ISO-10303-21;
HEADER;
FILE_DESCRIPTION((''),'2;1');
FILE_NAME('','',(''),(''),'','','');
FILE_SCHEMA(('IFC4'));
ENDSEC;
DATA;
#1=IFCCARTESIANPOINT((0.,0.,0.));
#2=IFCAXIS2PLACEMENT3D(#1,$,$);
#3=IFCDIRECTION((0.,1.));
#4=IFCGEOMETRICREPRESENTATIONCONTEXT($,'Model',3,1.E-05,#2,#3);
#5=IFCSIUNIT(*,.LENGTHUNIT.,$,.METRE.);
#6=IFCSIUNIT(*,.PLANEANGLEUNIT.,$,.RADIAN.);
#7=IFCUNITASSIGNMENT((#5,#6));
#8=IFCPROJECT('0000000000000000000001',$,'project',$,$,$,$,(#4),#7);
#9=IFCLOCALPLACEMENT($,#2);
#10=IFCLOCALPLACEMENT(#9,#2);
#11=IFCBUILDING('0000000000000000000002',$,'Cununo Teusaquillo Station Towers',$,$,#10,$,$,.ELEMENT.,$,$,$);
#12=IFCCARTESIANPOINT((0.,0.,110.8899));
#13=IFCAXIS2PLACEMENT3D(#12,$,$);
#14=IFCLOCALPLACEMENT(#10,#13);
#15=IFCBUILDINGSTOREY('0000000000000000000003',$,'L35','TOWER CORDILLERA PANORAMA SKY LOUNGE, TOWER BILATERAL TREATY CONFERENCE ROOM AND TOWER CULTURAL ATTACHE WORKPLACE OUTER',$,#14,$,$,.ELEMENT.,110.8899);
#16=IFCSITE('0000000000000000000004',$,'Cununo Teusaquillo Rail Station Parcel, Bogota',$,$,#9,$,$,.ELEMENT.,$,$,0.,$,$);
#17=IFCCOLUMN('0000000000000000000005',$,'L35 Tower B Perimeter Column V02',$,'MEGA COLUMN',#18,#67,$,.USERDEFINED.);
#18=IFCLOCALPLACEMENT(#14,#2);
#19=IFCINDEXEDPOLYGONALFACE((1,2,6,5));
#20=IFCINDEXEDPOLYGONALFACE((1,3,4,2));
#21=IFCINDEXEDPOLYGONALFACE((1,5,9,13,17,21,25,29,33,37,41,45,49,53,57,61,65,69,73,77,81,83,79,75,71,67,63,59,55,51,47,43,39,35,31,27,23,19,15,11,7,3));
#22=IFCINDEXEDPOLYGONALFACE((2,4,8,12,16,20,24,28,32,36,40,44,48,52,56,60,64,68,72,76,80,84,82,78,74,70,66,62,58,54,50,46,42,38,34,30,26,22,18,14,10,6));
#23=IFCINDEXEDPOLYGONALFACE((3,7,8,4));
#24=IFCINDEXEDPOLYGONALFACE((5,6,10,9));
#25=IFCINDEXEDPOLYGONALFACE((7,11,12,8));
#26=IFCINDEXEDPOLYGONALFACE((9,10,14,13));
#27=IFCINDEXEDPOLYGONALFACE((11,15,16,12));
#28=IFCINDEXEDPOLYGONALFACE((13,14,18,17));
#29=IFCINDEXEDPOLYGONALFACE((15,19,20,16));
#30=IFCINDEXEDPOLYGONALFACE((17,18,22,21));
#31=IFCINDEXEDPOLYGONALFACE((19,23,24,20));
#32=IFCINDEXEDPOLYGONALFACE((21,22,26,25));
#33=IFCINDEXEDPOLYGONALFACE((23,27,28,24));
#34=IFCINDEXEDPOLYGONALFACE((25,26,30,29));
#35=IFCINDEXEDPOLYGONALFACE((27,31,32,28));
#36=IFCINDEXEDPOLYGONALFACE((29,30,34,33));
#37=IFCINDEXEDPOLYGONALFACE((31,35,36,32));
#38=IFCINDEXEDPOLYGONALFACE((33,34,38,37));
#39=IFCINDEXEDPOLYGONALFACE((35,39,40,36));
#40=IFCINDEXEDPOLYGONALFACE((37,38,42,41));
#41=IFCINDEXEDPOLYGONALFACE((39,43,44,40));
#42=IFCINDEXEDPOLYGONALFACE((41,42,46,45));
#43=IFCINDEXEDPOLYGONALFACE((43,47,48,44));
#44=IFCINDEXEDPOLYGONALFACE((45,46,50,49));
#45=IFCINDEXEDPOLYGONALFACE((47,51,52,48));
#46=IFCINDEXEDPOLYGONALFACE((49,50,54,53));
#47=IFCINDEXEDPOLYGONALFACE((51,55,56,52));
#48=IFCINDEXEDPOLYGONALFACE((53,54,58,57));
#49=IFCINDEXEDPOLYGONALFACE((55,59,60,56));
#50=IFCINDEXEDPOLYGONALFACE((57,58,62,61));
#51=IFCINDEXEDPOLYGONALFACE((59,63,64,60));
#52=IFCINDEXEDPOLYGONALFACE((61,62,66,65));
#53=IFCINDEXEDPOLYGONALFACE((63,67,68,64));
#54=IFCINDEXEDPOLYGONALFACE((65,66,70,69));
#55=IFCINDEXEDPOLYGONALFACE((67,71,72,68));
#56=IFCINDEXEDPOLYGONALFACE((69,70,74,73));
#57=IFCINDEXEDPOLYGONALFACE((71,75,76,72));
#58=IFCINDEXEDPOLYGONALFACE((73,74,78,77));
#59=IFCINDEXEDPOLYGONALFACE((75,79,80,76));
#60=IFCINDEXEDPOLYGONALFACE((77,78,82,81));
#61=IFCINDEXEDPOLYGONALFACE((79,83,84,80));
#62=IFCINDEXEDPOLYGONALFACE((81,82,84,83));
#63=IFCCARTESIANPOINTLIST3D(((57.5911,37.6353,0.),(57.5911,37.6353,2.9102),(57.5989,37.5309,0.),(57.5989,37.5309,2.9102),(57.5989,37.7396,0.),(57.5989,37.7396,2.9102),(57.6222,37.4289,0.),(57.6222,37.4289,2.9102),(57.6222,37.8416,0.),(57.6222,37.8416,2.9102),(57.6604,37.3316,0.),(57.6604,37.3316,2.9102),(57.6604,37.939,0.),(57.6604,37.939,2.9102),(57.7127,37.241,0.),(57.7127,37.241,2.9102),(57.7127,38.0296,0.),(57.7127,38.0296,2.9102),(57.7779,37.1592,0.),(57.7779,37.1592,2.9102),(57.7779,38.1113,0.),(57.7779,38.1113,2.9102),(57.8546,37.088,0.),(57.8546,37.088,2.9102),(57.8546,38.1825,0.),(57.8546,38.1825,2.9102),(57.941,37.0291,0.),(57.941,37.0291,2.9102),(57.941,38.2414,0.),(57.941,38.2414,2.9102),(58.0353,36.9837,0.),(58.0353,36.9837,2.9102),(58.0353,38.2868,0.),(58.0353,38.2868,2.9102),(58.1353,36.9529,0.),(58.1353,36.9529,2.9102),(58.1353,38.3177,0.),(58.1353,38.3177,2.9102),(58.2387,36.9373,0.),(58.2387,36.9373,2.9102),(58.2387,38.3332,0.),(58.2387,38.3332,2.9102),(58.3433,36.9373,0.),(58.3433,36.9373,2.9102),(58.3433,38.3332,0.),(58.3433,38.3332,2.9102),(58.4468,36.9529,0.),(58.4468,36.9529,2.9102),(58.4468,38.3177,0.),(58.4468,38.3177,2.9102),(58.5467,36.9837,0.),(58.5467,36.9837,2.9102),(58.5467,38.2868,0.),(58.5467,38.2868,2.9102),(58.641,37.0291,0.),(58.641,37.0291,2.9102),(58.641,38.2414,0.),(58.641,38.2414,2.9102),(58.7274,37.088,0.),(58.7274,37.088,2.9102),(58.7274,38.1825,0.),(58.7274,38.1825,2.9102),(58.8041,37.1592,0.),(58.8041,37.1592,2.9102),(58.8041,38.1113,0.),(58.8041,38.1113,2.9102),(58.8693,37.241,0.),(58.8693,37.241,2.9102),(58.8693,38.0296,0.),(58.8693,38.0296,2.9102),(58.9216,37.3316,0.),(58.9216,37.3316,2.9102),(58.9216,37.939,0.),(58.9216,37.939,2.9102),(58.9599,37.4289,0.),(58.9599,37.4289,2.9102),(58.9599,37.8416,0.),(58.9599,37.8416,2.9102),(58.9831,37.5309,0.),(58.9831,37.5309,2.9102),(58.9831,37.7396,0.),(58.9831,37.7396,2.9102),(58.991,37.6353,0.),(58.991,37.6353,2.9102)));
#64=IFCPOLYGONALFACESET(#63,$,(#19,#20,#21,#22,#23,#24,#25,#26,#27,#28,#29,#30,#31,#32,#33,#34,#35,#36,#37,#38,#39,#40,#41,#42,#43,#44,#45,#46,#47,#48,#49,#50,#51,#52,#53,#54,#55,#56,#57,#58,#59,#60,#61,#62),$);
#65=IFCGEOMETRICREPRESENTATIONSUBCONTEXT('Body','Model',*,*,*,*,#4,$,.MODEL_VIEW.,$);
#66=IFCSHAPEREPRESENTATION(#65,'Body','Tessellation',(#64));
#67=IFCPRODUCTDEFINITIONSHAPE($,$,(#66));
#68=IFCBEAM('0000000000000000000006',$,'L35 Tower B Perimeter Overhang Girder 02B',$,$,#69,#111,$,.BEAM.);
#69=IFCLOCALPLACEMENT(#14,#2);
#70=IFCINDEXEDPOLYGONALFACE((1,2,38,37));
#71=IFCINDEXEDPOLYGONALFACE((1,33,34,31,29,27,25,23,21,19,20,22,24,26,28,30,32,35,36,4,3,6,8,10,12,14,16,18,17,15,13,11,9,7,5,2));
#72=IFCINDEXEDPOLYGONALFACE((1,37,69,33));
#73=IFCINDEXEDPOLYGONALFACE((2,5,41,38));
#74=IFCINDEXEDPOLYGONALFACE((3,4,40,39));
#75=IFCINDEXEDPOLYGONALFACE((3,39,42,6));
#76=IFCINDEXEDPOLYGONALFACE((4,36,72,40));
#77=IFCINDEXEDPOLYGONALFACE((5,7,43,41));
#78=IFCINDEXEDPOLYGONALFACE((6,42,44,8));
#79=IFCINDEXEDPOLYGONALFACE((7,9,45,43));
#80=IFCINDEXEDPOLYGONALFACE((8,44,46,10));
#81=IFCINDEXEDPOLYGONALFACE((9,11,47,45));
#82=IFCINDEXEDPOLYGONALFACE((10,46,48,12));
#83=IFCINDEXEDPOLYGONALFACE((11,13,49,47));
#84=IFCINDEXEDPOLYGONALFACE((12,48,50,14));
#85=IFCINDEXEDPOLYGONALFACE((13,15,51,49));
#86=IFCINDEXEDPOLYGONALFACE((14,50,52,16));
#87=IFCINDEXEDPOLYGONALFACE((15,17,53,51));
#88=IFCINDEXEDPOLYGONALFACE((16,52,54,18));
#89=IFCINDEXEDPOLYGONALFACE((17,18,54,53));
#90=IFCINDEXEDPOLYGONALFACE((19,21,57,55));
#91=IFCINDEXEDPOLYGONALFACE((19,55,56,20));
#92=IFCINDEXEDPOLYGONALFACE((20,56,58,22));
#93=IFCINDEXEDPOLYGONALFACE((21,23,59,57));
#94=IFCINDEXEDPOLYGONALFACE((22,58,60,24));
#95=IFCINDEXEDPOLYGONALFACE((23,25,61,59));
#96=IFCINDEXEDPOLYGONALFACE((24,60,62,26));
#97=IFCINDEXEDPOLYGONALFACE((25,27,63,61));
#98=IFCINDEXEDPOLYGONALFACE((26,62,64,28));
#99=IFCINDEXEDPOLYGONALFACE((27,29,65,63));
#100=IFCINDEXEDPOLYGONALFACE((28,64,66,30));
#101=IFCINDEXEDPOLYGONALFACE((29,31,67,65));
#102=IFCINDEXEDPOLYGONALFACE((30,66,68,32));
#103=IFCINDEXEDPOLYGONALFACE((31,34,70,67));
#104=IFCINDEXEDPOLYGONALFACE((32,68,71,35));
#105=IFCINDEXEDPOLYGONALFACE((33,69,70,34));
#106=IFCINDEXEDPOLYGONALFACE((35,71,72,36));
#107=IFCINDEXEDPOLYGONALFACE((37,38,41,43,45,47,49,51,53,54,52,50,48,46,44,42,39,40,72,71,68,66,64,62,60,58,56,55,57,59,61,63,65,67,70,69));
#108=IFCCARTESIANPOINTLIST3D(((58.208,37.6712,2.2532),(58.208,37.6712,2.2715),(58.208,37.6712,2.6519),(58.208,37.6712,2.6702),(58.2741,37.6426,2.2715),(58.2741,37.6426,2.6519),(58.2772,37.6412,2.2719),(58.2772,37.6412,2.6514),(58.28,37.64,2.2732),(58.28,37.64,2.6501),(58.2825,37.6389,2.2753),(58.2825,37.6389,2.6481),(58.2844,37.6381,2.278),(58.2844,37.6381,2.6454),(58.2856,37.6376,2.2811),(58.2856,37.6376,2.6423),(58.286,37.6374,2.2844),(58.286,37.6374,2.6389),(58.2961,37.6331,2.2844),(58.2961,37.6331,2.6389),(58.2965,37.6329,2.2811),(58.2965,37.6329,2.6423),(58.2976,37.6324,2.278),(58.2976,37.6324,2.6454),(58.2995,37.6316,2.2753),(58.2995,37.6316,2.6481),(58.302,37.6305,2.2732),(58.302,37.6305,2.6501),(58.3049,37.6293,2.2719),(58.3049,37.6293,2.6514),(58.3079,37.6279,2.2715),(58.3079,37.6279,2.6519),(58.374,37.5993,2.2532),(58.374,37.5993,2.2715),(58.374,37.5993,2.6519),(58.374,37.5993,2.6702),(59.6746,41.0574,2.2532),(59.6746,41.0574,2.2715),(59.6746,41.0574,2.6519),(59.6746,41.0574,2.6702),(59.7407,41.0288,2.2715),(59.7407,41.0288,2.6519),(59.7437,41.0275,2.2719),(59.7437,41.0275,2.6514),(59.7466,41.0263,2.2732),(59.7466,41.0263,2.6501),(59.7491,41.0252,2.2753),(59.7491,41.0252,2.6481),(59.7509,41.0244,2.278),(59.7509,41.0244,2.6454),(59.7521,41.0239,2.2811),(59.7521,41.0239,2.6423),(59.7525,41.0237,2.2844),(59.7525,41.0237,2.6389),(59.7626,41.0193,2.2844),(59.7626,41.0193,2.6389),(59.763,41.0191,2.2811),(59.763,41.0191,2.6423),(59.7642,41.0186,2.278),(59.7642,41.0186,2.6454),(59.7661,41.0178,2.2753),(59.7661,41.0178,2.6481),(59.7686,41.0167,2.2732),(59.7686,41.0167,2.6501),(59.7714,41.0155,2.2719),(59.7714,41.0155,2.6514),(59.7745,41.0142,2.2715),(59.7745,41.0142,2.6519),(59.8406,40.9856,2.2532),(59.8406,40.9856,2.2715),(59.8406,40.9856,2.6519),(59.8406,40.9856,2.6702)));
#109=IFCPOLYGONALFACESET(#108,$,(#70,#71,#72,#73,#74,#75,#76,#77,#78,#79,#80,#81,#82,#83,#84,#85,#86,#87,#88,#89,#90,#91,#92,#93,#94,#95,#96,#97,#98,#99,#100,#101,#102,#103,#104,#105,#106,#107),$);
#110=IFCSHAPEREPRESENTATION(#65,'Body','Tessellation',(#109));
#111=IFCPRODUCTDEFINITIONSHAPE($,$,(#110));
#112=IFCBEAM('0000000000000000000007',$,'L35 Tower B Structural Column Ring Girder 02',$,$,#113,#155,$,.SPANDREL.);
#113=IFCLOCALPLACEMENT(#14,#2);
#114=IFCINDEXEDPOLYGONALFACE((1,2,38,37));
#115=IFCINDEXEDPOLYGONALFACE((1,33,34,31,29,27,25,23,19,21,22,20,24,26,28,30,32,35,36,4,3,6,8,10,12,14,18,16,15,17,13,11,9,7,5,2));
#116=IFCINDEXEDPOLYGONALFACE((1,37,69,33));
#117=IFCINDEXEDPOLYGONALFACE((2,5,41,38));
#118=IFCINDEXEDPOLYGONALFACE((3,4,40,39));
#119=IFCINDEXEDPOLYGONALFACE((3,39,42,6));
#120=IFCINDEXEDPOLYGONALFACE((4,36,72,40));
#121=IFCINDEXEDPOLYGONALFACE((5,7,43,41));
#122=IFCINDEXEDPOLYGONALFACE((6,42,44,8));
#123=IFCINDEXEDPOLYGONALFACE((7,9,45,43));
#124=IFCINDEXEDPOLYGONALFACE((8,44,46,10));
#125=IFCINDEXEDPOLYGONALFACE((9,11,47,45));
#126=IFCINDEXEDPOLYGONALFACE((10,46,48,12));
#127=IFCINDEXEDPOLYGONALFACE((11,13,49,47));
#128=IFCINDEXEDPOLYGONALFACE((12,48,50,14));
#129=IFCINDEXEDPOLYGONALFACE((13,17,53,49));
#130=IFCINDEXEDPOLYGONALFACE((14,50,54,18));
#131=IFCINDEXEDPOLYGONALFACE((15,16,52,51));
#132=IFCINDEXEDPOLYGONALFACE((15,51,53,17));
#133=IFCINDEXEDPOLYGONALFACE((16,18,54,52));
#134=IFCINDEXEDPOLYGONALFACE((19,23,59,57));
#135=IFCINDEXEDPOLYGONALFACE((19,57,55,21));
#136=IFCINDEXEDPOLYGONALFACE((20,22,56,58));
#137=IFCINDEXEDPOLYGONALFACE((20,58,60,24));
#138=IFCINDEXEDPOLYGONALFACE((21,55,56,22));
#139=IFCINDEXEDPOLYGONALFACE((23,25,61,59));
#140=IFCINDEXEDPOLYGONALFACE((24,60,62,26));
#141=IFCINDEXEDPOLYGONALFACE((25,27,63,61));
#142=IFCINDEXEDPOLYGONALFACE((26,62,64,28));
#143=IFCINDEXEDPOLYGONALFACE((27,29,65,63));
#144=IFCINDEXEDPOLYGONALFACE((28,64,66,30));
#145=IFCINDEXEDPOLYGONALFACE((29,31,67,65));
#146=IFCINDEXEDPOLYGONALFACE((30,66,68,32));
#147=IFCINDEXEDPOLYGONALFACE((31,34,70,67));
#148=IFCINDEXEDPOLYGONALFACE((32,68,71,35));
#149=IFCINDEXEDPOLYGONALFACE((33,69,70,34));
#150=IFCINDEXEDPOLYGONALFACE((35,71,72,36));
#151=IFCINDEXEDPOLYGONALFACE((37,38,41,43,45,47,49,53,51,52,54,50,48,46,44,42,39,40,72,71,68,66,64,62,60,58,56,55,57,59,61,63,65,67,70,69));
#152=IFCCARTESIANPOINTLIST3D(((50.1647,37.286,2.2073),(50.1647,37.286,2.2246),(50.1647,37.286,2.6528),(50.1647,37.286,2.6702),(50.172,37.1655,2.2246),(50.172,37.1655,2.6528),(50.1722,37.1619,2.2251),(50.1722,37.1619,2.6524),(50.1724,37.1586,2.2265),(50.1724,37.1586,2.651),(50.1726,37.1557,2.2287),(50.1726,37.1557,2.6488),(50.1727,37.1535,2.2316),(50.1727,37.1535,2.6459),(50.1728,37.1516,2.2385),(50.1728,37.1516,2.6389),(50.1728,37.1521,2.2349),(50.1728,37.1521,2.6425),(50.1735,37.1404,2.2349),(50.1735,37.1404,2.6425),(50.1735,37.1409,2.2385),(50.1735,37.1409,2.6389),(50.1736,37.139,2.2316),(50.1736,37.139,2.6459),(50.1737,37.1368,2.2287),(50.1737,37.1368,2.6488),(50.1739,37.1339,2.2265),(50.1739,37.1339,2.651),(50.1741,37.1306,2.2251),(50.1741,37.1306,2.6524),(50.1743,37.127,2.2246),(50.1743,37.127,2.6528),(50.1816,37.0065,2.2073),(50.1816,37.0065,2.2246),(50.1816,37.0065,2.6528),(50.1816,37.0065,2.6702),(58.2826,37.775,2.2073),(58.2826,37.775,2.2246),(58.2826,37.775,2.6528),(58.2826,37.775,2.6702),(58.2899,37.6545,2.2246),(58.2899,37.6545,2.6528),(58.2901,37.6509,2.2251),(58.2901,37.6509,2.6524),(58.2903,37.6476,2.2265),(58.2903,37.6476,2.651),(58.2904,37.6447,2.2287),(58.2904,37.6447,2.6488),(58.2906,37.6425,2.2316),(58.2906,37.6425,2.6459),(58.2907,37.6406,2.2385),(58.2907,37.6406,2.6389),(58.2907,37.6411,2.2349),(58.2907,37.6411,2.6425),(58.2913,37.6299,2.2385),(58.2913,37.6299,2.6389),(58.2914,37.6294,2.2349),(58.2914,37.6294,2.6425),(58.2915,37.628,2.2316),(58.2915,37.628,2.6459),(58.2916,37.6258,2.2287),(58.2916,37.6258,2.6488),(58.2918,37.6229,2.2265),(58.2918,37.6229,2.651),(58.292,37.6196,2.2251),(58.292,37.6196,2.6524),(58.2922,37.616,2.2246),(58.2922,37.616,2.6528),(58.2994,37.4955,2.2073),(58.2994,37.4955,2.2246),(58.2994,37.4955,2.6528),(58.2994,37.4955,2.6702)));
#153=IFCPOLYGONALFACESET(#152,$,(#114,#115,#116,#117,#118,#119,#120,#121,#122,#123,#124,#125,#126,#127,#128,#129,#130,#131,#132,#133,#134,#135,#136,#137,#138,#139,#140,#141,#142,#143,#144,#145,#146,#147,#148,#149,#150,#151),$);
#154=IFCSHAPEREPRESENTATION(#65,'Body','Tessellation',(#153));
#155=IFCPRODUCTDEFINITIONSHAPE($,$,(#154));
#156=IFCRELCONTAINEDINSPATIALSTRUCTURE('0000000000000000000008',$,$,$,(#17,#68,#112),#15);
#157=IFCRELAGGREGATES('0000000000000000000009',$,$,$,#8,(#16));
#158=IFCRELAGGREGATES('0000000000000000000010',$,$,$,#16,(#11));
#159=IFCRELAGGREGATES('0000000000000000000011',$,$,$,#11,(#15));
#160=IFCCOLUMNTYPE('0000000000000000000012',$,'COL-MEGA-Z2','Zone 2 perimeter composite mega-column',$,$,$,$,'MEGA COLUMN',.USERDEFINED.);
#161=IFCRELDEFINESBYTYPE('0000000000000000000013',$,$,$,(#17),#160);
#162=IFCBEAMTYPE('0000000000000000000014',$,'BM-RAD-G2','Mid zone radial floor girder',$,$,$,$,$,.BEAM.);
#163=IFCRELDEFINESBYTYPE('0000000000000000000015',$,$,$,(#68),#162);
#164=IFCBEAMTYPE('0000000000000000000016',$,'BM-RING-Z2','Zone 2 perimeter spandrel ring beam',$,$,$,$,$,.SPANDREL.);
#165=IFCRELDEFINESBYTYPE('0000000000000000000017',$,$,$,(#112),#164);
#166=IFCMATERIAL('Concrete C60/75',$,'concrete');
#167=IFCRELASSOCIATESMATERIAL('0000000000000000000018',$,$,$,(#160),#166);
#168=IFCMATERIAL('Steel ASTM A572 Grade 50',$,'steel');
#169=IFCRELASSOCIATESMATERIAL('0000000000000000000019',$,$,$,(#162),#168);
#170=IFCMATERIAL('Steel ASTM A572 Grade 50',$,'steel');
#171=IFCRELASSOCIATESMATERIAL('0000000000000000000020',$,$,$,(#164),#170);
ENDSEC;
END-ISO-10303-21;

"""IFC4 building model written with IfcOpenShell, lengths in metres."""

from ifc_helpers import new_model, si_unit, direction, frame, origin, origin_2d, place, context, subcontext, project, spatial, circle, i_section, extrude, material, material_profile, profile_set, type_object, element, save


model = new_model("IFC4")

# Units and contexts
model_context = context("Model", 3, precision=1e-05, world=origin(), true_north=direction((0.0, 1.0)))
body_context = subcontext(model_context, "Body", "Model", "MODEL_VIEW")
ifc_project = project(units=[si_unit("LENGTHUNIT", "METRE"), si_unit("PLANEANGLEUNIT", "RADIAN")], contexts=[model_context])

# Site, building, storey
site_placement = place(None, origin())
site = spatial("IfcSite", under=ifc_project, at=site_placement, Name="Cununo Teusaquillo Rail Station Parcel, Bogota", CompositionType="ELEMENT", RefElevation=0.0)
building_placement = place(site_placement, origin())
building = spatial("IfcBuilding", under=site, at=building_placement, Name="Cununo Teusaquillo Station Towers", CompositionType="ELEMENT")
storey_placement = place(building_placement, frame((0.0, 0.0, 110.8899)))
storey = spatial("IfcBuildingStorey", under=building, at=storey_placement, Name="L35", Description="TOWER CORDILLERA PANORAMA SKY LOUNGE, TOWER BILATERAL TREATY CONFERENCE ROOM AND TOWER CULTURAL ATTACHE WORKPLACE OUTER", CompositionType="ELEMENT", Elevation=110.8899)

# Column
ifc_material_1 = material(Name="Concrete C60/75", Category="concrete")
ifc_material_profile_1 = material_profile(ifc_material_1, circle(Radius=0.7, at=origin_2d()), Name="RC-CIRC-1400")
ifc_profile_set_1 = profile_set([ifc_material_profile_1], Name="Concrete C60/75")
column_type = type_object("IfcColumnType", Name="COL-MEGA-Z2", Description="Zone 2 perimeter composite mega-column", ElementType="MEGA COLUMN", PredefinedType="USERDEFINED", material=ifc_profile_set_1)
column_placement = place(storey_placement, frame((58.291, 37.6353, 0.0), z_axis=(0.0, 0.0, 1.0), x_axis=(1.0, 0.0, 0.0)))
element("IfcColumn", 1, at=column_placement, inside=storey, type_object=column_type, Name="L35 Tower B Perimeter Column V02", ObjectType="MEGA COLUMN", PredefinedType="USERDEFINED", context=body_context, shape_type="SweptSolid", body=[
    extrude(circle(Radius=0.7, at=origin_2d()), origin(), (0.0, 0.0, 1.0), 2.9102),
])

# Beams
ifc_material_2 = material(Name="Steel ASTM A572 Grade 50", Category="steel")
ifc_material_profile_2 = material_profile(ifc_material_2, i_section(OverallWidth=0.1809, OverallDepth=0.417, WebThickness=0.011, FlangeThickness=0.0183, FilletRadius=0.0129, at=origin_2d()), Name="W16X57")
ifc_profile_set_2 = profile_set([ifc_material_profile_2], Name="Steel ASTM A572 Grade 50")
beam_type_1 = type_object("IfcBeamType", Name="BM-RAD-G2", Description="Mid zone radial floor girder", PredefinedType="BEAM", material=ifc_profile_set_2)
beam_1_placement = place(storey_placement, frame((58.291, 37.6353, 2.4617), z_axis=(0.397422, 0.917636, 0.0), x_axis=(-0.917636, 0.397422, 0.0)))
element("IfcBeam", 2, at=beam_1_placement, inside=storey, type_object=beam_type_1, Name="L35 Tower B Perimeter Overhang Girder 02B", PredefinedType="BEAM", context=body_context, shape_type="SweptSolid", body=[
    extrude(i_section(OverallWidth=0.1809, OverallDepth=0.417, WebThickness=0.011, FlangeThickness=0.0183, FilletRadius=0.0129, at=origin_2d()), origin(), (0.0, 0.0, 1.0), 3.6902),
])
ifc_material_3 = material(Name="Steel ASTM A572 Grade 50", Category="steel")
ifc_material_profile_3 = material_profile(ifc_material_3, i_section(OverallWidth=0.28, OverallDepth=0.4629, WebThickness=0.0107, FlangeThickness=0.0173, FilletRadius=0.0139, at=origin_2d()), Name="W18X76")
ifc_profile_set_3 = profile_set([ifc_material_profile_3], Name="Steel ASTM A572 Grade 50")
beam_type_2 = type_object("IfcBeamType", Name="BM-RING-Z2", Description="Zone 2 perimeter spandrel ring beam", PredefinedType="SPANDREL", material=ifc_profile_set_3)
beam_2_placement = place(storey_placement, frame((58.291, 37.6353, 2.4387), z_axis=(-0.998191, -0.06013, 0.0), x_axis=(0.06013, -0.998191, 0.0)))
element("IfcBeam", 3, at=beam_2_placement, inside=storey, type_object=beam_type_2, Name="L35 Tower B Structural Column Ring Girder 02", PredefinedType="SPANDREL", context=body_context, shape_type="SweptSolid", body=[
    extrude(i_section(OverallWidth=0.28, OverallDepth=0.4629, WebThickness=0.0107, FlangeThickness=0.0173, FilletRadius=0.0139, at=origin_2d()), origin(), (0.0, 0.0, 1.0), 8.1326),
])

save(model, "model.ifc")
